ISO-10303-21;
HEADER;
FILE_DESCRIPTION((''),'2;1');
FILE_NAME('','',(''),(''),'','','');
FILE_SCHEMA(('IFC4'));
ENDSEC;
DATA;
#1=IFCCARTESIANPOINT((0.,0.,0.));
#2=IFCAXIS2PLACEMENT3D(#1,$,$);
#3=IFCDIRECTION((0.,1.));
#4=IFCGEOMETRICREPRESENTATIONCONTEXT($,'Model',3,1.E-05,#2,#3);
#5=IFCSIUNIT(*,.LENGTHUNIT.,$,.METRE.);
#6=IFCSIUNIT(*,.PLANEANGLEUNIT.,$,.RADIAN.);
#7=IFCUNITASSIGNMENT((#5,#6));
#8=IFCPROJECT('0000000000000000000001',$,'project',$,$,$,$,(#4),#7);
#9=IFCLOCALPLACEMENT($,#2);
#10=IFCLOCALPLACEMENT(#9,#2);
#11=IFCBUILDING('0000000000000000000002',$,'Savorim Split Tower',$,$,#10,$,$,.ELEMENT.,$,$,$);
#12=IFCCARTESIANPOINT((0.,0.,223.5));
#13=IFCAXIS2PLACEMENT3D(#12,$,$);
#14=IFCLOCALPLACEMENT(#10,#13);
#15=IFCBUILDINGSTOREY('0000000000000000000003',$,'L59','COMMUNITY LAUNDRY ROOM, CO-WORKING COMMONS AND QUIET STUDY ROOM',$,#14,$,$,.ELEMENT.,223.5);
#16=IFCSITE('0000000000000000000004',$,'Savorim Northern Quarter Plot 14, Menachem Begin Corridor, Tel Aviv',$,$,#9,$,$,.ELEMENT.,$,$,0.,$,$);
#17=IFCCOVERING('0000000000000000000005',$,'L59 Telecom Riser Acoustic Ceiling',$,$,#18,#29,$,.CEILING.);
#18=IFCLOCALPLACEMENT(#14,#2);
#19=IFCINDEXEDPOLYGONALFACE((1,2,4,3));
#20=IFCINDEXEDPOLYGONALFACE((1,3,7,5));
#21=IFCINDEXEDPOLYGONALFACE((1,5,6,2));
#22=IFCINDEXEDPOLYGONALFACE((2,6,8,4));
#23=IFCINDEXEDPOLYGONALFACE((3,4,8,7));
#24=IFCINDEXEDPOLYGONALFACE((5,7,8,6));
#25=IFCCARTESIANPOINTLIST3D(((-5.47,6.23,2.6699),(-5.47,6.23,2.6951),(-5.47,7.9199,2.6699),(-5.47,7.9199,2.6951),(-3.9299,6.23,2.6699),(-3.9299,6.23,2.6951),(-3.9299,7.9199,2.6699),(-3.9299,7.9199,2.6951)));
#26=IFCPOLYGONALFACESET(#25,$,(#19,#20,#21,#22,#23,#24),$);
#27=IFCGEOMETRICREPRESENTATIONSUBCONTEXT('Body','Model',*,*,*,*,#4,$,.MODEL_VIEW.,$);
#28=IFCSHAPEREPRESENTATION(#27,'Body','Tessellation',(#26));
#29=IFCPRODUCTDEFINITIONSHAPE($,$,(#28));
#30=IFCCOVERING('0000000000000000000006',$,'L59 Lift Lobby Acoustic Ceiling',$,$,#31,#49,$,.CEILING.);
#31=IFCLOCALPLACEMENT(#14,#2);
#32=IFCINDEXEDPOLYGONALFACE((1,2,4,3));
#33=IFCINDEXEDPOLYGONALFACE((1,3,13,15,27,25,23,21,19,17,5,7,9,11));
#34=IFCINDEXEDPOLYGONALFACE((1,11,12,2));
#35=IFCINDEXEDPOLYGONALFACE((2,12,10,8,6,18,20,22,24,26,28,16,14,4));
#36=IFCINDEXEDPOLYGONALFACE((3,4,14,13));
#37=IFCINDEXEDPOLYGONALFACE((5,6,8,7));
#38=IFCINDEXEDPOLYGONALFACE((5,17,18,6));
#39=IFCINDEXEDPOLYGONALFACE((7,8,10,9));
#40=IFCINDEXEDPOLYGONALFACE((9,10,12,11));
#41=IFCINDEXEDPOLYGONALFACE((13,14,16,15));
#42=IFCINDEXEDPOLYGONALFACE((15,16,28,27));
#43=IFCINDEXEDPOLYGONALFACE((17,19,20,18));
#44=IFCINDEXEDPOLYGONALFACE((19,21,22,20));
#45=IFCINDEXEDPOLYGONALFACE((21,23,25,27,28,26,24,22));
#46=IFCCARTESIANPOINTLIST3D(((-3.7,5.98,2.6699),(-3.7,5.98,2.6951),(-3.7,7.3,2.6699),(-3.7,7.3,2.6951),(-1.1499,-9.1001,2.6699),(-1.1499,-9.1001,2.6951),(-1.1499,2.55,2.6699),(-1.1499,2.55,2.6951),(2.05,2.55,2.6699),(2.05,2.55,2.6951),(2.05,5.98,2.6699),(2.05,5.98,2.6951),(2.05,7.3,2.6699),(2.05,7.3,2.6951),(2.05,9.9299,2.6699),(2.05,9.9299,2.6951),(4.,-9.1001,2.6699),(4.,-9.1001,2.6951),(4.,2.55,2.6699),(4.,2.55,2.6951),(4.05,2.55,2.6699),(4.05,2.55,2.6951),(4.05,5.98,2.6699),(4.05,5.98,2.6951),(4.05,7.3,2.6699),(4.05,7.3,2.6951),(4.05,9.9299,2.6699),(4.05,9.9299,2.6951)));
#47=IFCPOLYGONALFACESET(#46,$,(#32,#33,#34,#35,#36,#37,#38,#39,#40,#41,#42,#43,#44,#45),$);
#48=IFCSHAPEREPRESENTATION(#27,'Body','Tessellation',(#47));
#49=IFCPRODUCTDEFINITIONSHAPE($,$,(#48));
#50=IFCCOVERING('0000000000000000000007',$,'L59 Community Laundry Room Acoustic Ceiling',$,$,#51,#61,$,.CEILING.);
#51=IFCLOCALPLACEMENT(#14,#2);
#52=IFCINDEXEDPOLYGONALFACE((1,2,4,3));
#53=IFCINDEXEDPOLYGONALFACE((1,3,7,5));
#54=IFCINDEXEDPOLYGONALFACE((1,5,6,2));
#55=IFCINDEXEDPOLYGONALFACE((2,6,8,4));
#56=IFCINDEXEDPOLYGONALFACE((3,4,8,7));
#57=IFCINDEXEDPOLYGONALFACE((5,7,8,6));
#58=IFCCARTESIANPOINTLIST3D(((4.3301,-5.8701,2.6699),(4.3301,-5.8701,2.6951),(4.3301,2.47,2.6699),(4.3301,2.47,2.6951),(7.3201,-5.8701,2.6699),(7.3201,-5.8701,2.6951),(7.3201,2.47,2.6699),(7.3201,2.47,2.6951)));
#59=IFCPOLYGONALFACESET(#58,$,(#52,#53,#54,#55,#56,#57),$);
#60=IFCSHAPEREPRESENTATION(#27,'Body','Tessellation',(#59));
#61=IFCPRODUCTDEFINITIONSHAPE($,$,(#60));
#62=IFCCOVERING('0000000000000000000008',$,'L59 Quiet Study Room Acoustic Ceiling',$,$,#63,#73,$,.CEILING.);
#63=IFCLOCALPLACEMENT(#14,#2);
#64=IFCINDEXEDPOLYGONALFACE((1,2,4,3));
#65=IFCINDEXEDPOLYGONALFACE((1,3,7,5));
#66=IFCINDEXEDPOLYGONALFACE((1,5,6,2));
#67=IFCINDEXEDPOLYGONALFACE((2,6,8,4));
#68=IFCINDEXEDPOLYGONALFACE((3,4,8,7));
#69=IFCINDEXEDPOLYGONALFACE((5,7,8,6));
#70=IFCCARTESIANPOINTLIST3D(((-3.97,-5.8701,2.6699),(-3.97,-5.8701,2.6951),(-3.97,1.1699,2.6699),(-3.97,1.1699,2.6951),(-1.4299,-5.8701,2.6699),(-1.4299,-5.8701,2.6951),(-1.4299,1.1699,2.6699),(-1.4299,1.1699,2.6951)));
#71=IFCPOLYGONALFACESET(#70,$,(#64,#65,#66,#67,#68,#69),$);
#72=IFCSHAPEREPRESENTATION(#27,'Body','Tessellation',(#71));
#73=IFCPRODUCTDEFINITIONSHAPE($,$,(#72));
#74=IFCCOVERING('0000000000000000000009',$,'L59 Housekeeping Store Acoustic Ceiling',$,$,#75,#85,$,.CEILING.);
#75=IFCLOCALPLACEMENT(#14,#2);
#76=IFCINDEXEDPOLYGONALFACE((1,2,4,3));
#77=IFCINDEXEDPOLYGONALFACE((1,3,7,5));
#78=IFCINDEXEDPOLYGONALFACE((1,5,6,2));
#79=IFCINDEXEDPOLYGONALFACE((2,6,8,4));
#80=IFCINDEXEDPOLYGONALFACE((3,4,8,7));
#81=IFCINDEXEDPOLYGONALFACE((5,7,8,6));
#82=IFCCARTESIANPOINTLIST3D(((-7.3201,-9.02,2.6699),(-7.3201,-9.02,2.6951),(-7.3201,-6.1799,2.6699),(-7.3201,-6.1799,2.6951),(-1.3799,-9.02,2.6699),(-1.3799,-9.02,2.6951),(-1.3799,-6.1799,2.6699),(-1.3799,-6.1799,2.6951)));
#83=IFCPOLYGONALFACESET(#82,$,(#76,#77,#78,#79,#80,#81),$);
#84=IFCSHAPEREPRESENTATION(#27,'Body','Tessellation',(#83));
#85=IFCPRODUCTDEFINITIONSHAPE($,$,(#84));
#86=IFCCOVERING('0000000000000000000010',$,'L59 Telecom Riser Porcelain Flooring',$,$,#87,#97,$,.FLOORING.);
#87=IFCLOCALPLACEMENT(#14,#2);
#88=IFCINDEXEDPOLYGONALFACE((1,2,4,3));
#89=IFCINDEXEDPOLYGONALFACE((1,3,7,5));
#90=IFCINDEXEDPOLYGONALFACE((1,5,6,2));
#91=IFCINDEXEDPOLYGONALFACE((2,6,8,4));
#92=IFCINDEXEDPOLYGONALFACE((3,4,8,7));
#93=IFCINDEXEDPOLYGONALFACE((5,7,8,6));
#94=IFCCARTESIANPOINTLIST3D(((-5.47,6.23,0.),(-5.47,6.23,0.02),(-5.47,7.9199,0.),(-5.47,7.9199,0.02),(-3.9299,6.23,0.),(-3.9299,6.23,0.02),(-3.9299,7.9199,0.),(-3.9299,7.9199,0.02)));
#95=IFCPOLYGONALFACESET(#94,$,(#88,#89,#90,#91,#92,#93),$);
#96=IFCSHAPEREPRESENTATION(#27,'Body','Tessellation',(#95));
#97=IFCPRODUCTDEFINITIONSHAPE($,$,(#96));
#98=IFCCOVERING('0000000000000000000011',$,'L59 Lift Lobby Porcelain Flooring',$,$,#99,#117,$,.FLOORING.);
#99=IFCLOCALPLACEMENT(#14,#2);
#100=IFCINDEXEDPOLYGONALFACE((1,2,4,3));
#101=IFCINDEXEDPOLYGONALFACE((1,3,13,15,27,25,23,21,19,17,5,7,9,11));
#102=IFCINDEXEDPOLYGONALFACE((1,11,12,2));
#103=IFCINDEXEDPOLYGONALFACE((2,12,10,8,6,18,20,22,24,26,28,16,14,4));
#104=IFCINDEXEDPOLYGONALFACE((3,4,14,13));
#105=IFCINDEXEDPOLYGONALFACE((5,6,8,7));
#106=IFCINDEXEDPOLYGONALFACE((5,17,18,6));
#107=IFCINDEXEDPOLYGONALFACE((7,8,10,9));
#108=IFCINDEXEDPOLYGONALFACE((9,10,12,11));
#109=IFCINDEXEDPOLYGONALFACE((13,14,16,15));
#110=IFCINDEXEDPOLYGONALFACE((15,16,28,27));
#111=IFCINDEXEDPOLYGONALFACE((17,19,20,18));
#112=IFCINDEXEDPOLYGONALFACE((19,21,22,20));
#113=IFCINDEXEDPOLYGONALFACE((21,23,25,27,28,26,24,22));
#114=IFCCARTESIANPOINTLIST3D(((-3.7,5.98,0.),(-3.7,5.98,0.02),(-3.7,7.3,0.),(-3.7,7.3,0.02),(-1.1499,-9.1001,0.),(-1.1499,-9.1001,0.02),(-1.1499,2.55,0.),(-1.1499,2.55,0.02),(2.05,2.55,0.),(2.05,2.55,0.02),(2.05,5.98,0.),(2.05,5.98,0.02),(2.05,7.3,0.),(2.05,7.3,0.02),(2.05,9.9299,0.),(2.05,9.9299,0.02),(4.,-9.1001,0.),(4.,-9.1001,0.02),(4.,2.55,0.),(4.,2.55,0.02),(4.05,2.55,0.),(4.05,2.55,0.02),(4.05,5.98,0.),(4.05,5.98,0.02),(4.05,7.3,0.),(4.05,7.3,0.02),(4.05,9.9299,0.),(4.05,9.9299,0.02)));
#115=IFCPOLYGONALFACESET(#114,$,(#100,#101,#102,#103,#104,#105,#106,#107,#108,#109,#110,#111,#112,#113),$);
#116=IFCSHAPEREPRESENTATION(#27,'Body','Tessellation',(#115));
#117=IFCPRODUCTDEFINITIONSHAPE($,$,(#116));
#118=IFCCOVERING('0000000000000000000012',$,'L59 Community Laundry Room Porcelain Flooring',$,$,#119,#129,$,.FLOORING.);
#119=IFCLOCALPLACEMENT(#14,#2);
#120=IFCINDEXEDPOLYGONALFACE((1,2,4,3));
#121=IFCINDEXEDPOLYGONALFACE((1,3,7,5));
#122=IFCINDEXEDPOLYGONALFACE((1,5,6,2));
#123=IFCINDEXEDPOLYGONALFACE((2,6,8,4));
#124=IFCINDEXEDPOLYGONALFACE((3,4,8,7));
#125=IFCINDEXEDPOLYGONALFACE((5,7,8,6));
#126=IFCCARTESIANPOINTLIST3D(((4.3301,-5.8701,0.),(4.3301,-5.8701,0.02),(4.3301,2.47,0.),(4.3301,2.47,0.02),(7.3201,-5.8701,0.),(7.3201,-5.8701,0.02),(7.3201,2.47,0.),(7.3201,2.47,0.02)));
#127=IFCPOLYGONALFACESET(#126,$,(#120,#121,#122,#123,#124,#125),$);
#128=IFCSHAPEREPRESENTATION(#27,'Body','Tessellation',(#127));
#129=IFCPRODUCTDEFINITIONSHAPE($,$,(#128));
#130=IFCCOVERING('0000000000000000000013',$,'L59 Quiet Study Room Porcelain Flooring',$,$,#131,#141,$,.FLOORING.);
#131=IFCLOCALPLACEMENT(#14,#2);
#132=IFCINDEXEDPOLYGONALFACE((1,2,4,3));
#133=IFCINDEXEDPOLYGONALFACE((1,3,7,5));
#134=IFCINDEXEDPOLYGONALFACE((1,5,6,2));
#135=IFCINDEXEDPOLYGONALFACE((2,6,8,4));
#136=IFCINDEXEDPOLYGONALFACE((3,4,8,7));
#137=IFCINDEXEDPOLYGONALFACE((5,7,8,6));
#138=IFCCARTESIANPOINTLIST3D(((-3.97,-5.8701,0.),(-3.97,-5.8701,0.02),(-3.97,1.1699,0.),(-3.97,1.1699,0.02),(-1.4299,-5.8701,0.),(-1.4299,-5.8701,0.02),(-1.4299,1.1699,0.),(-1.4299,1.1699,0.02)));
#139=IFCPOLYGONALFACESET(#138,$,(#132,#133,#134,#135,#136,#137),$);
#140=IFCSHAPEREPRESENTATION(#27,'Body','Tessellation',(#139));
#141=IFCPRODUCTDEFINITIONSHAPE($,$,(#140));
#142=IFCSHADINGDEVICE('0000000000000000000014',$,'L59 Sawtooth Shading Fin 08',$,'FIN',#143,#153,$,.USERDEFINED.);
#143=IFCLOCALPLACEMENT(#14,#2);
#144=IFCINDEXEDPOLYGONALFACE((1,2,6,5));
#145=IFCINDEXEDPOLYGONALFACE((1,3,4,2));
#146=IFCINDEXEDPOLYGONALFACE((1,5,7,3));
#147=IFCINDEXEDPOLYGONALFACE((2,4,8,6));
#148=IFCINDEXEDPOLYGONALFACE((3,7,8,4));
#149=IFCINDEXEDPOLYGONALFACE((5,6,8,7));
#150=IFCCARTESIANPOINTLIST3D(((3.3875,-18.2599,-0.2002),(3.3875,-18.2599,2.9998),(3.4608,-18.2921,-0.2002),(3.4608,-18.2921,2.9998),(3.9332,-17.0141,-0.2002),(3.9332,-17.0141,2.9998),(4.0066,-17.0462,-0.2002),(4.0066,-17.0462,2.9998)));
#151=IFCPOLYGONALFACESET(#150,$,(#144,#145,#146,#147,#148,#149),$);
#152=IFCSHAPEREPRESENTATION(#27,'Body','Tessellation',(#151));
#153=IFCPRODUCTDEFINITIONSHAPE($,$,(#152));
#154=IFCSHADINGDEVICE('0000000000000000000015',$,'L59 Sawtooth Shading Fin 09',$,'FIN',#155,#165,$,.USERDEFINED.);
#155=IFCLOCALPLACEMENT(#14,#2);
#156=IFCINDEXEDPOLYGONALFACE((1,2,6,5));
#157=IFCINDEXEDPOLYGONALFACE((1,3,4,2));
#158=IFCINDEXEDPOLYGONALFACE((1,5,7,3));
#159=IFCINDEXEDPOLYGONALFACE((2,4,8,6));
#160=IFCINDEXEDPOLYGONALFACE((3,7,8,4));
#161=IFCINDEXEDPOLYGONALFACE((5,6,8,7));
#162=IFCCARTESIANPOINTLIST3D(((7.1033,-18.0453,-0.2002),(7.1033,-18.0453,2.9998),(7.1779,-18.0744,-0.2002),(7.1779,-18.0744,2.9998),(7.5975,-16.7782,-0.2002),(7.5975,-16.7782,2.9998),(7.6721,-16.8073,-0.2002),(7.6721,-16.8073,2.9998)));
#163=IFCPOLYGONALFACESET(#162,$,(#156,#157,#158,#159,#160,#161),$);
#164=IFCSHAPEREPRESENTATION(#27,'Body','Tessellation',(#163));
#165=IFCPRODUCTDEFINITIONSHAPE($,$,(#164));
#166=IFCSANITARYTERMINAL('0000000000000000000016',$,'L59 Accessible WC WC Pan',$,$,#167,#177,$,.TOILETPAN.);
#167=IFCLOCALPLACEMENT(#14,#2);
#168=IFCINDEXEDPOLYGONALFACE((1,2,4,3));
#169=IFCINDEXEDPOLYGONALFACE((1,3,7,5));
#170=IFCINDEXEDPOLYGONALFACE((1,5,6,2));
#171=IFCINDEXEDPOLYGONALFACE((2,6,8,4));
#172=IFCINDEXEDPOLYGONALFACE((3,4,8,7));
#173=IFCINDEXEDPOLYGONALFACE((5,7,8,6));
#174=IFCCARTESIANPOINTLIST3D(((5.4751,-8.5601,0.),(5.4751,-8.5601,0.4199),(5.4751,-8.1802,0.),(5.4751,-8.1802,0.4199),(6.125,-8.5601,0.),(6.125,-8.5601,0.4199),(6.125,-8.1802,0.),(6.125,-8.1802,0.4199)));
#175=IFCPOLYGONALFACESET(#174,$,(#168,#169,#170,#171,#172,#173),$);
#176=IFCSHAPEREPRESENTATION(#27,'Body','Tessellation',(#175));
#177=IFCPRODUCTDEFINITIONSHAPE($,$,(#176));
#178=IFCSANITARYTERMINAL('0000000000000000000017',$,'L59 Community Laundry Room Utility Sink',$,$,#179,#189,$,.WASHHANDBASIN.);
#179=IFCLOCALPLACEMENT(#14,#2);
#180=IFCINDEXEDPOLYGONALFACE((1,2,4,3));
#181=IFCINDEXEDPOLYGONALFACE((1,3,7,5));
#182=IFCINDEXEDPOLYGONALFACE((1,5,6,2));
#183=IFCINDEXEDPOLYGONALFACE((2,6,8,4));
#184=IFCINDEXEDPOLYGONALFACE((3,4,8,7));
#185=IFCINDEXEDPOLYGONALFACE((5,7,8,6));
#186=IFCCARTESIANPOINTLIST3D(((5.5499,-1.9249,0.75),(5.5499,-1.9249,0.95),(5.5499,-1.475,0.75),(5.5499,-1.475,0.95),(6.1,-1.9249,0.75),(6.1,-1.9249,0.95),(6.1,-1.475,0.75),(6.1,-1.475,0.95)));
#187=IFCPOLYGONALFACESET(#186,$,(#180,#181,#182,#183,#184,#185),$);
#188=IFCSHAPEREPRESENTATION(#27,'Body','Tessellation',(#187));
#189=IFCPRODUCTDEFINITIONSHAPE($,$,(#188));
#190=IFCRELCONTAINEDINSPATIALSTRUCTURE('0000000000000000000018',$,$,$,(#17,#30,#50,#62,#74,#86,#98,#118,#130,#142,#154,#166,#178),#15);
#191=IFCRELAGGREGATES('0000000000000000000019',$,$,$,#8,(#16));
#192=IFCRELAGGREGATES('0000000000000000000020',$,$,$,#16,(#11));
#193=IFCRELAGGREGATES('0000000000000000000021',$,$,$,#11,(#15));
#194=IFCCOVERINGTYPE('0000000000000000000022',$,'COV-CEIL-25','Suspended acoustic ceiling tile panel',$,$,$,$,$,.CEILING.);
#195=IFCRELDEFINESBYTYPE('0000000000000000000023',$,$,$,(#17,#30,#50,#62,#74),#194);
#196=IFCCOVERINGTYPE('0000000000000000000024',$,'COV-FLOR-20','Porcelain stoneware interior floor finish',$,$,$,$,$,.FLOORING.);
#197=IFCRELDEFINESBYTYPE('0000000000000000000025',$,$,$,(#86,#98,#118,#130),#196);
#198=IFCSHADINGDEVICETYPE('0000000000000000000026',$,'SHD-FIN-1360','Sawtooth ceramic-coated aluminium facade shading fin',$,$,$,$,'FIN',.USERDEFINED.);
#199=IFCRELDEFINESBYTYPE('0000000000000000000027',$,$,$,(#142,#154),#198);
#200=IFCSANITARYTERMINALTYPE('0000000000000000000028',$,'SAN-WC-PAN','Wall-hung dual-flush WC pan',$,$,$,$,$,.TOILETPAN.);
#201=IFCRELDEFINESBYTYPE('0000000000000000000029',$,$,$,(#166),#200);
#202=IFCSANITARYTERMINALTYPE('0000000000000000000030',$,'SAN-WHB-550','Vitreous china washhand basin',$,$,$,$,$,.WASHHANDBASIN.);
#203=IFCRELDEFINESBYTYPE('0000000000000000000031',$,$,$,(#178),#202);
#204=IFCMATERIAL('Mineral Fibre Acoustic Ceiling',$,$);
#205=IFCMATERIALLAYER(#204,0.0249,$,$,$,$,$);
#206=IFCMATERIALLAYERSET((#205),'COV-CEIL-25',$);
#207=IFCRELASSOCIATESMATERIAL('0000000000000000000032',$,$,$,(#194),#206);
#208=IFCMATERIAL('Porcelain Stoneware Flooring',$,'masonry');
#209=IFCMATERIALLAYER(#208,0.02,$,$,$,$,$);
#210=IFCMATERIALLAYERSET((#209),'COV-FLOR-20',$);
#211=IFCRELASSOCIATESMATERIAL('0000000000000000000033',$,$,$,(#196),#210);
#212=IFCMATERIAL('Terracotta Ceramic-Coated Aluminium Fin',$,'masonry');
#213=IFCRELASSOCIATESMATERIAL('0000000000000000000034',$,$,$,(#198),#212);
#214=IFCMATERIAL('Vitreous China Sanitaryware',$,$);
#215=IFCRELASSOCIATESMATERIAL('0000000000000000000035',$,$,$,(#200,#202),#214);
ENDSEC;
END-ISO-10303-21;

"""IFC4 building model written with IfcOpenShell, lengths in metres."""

from ifc_helpers import new_model, si_unit, direction, frame, origin, origin_2d, place, context, subcontext, project, spatial, polyline, rectangle, outline, extrude, material, layer, layer_set, type_object, element, save


model = new_model("IFC4")

# Units and contexts
model_context = context("Model", 3, precision=1e-05, world=origin(), true_north=direction((0.0, 1.0)))
body_context = subcontext(model_context, "Body", "Model", "MODEL_VIEW")
ifc_project = project(units=[si_unit("LENGTHUNIT", "METRE"), si_unit("PLANEANGLEUNIT", "RADIAN")], contexts=[model_context])

# Site, building, storey
site_placement = place(None, origin())
site = spatial("IfcSite", under=ifc_project, at=site_placement, Name="Savorim Northern Quarter Plot 14, Menachem Begin Corridor, Tel Aviv", CompositionType="ELEMENT", RefElevation=0.0)
building_placement = place(site_placement, origin())
building = spatial("IfcBuilding", under=site, at=building_placement, Name="Savorim Split Tower", CompositionType="ELEMENT")
storey_placement = place(building_placement, frame((0.0, 0.0, 223.5)))
storey = spatial("IfcBuildingStorey", under=building, at=storey_placement, Name="L59", Description="COMMUNITY LAUNDRY ROOM, CO-WORKING COMMONS AND QUIET STUDY ROOM", CompositionType="ELEMENT", Elevation=223.5)

# Coverings
ifc_material_1 = material(Name="Mineral Fibre Acoustic Ceiling")
ifc_layer_1 = layer(ifc_material_1, 0.0249)
ifc_layer_set_1 = layer_set([ifc_layer_1], Name="COV-CEIL-25")
covering_type_1 = type_object("IfcCoveringType", Name="COV-CEIL-25", Description="Suspended acoustic ceiling tile panel", PredefinedType="CEILING", material=ifc_layer_set_1)
covering_1_placement = place(storey_placement, frame((0.0, 0.0, 2.6699)))
element("IfcCovering", 1, at=covering_1_placement, inside=storey, type_object=covering_type_1, Name="L59 Telecom Riser Acoustic Ceiling", PredefinedType="CEILING", context=body_context, shape_type="SweptSolid", body=[
    extrude(outline(polyline([(-5.47, 7.9199), (-5.47, 6.23), (-3.9299, 6.23), (-3.9299, 7.9199), (-5.47, 7.9199)])), origin(), (0.0, 0.0, 1.0), 0.0251),
])
covering_2_placement = place(storey_placement, frame((0.0, 0.0, 2.6699)))
element("IfcCovering", 2, at=covering_2_placement, inside=storey, type_object=covering_type_1, Name="L59 Lift Lobby Acoustic Ceiling", PredefinedType="CEILING", context=body_context, shape_type="SweptSolid", body=[
    extrude(outline(polyline([(2.05, 2.55), (-1.1499, 2.55), (-1.1499, -9.1001), (4.0, -9.1001), (4.0, 2.55), (4.05, 2.55), (4.05, 5.98), (4.05, 7.3), (4.05, 9.9299), (2.05, 9.9299), (2.05, 7.3), (-3.7, 7.3), (-3.7, 5.98), (2.05, 5.98), (2.05, 2.55)])), origin(), (0.0, 0.0, 1.0), 0.0251),
])
covering_3_placement = place(storey_placement, frame((0.0, 0.0, 2.6699)))
element("IfcCovering", 3, at=covering_3_placement, inside=storey, type_object=covering_type_1, Name="L59 Community Laundry Room Acoustic Ceiling", PredefinedType="CEILING", context=body_context, shape_type="SweptSolid", body=[
    extrude(outline(polyline([(4.3301, 2.47), (4.3301, -5.8701), (7.3201, -5.8701), (7.3201, 2.47), (4.3301, 2.47)])), origin(), (0.0, 0.0, 1.0), 0.0251),
])
covering_4_placement = place(storey_placement, frame((0.0, 0.0, 2.6699)))
element("IfcCovering", 4, at=covering_4_placement, inside=storey, type_object=covering_type_1, Name="L59 Quiet Study Room Acoustic Ceiling", PredefinedType="CEILING", context=body_context, shape_type="SweptSolid", body=[
    extrude(outline(polyline([(-3.97, 1.1699), (-3.97, -5.8701), (-1.4299, -5.8701), (-1.4299, 1.1699), (-3.97, 1.1699)])), origin(), (0.0, 0.0, 1.0), 0.0251),
])
covering_5_placement = place(storey_placement, frame((0.0, 0.0, 2.6699)))
element("IfcCovering", 5, at=covering_5_placement, inside=storey, type_object=covering_type_1, Name="L59 Housekeeping Store Acoustic Ceiling", PredefinedType="CEILING", context=body_context, shape_type="SweptSolid", body=[
    extrude(outline(polyline([(-7.3201, -6.1799), (-7.3201, -9.02), (-1.3799, -9.02), (-1.3799, -6.1799), (-7.3201, -6.1799)])), origin(), (0.0, 0.0, 1.0), 0.0251),
])
ifc_material_2 = material(Name="Porcelain Stoneware Flooring", Category="masonry")
ifc_layer_2 = layer(ifc_material_2, 0.02)
ifc_layer_set_2 = layer_set([ifc_layer_2], Name="COV-FLOR-20")
covering_type_2 = type_object("IfcCoveringType", Name="COV-FLOR-20", Description="Porcelain stoneware interior floor finish", PredefinedType="FLOORING", material=ifc_layer_set_2)
covering_6_placement = place(storey_placement, origin())
element("IfcCovering", 6, at=covering_6_placement, inside=storey, type_object=covering_type_2, Name="L59 Telecom Riser Porcelain Flooring", PredefinedType="FLOORING", context=body_context, shape_type="SweptSolid", body=[
    extrude(outline(polyline([(-5.47, 7.9199), (-5.47, 6.23), (-3.9299, 6.23), (-3.9299, 7.9199), (-5.47, 7.9199)])), origin(), (0.0, 0.0, 1.0), 0.02),
])
covering_7_placement = place(storey_placement, origin())
element("IfcCovering", 7, at=covering_7_placement, inside=storey, type_object=covering_type_2, Name="L59 Lift Lobby Porcelain Flooring", PredefinedType="FLOORING", context=body_context, shape_type="SweptSolid", body=[
    extrude(outline(polyline([(2.05, 2.55), (-1.1499, 2.55), (-1.1499, -9.1001), (4.0, -9.1001), (4.0, 2.55), (4.05, 2.55), (4.05, 5.98), (4.05, 7.3), (4.05, 9.9299), (2.05, 9.9299), (2.05, 7.3), (-3.7, 7.3), (-3.7, 5.98), (2.05, 5.98), (2.05, 2.55)])), origin(), (0.0, 0.0, 1.0), 0.02),
])
covering_8_placement = place(storey_placement, origin())
element("IfcCovering", 8, at=covering_8_placement, inside=storey, type_object=covering_type_2, Name="L59 Community Laundry Room Porcelain Flooring", PredefinedType="FLOORING", context=body_context, shape_type="SweptSolid", body=[
    extrude(outline(polyline([(4.3301, 2.47), (4.3301, -5.8701), (7.3201, -5.8701), (7.3201, 2.47), (4.3301, 2.47)])), origin(), (0.0, 0.0, 1.0), 0.02),
])
covering_9_placement = place(storey_placement, origin())
element("IfcCovering", 9, at=covering_9_placement, inside=storey, type_object=covering_type_2, Name="L59 Quiet Study Room Porcelain Flooring", PredefinedType="FLOORING", context=body_context, shape_type="SweptSolid", body=[
    extrude(outline(polyline([(-3.97, 1.1699), (-3.97, -5.8701), (-1.4299, -5.8701), (-1.4299, 1.1699), (-3.97, 1.1699)])), origin(), (0.0, 0.0, 1.0), 0.02),
])

# Shading devices
ifc_material_3 = material(Name="Terracotta Ceramic-Coated Aluminium Fin", Category="masonry")
shading_device_type = type_object("IfcShadingDeviceType", Name="SHD-FIN-1360", Description="Sawtooth ceramic-coated aluminium facade shading fin", ElementType="FIN", PredefinedType="USERDEFINED", material=ifc_material_3)
for number, where, z_axis, x_axis, name in (
    (10, (3.697, -17.6531, -0.2002), (0.0, 0.0, 1.0), (-0.40123, -0.915977, 0.0), "L59 Sawtooth Shading Fin 08"),
    (11, (7.3877, -17.4263, -0.2002), (0.0, 0.0, 1.0), (-0.363415, -0.931627, 0.0), "L59 Sawtooth Shading Fin 09"),
):
    element("IfcShadingDevice", number, at=place(storey_placement, frame(where, z_axis=z_axis, x_axis=x_axis)), inside=storey, type_object=shading_device_type, Name=name, ObjectType="FIN", PredefinedType="USERDEFINED", context=body_context, shape_type="SweptSolid", body=[
        extrude(rectangle(XDim=1.3601, YDim=0.0801, at=origin_2d()), origin(), (0.0, 0.0, 1.0), 3.2),
    ])

# Sanitary terminals
ifc_material_4 = material(Name="Vitreous China Sanitaryware")
sanitary_terminal_type_1 = type_object("IfcSanitaryTerminalType", Name="SAN-WC-PAN", Description="Wall-hung dual-flush WC pan", PredefinedType="TOILETPAN", material=ifc_material_4)
sanitary_terminal_placement = place(storey_placement, frame((5.8, -8.3701, 0.0), z_axis=(0.0, 0.0, 1.0), x_axis=(1.0, 0.0, 0.0)))
element("IfcSanitaryTerminal", 12, at=sanitary_terminal_placement, inside=storey, type_object=sanitary_terminal_type_1, Name="L59 Accessible WC WC Pan", PredefinedType="TOILETPAN", context=body_context, shape_type="SweptSolid", body=[
    extrude(rectangle(XDim=0.6499, YDim=0.3799, at=origin_2d()), origin(), (0.0, 0.0, 1.0), 0.4199),
])
sanitary_terminal_type_2 = type_object("IfcSanitaryTerminalType", Name="SAN-WHB-550", Description="Vitreous china washhand basin", PredefinedType="WASHHANDBASIN", material=ifc_material_4)
for number, where, z_axis, x_axis, name in (
    (13, (5.825, -1.7, 0.75), (0.0, 0.0, 1.0), (1.0, 0.0, 0.0), "L59 Community Laundry Room Utility Sink"),
):
    element("IfcSanitaryTerminal", number, at=place(storey_placement, frame(where, z_axis=z_axis, x_axis=x_axis)), inside=storey, type_object=sanitary_terminal_type_2, Name=name, PredefinedType="WASHHANDBASIN", context=body_context, shape_type="SweptSolid", body=[
        extrude(rectangle(XDim=0.55, YDim=0.45, at=origin_2d()), origin(), (0.0, 0.0, 1.0), 0.2),
    ])

save(model, "model.ifc")
